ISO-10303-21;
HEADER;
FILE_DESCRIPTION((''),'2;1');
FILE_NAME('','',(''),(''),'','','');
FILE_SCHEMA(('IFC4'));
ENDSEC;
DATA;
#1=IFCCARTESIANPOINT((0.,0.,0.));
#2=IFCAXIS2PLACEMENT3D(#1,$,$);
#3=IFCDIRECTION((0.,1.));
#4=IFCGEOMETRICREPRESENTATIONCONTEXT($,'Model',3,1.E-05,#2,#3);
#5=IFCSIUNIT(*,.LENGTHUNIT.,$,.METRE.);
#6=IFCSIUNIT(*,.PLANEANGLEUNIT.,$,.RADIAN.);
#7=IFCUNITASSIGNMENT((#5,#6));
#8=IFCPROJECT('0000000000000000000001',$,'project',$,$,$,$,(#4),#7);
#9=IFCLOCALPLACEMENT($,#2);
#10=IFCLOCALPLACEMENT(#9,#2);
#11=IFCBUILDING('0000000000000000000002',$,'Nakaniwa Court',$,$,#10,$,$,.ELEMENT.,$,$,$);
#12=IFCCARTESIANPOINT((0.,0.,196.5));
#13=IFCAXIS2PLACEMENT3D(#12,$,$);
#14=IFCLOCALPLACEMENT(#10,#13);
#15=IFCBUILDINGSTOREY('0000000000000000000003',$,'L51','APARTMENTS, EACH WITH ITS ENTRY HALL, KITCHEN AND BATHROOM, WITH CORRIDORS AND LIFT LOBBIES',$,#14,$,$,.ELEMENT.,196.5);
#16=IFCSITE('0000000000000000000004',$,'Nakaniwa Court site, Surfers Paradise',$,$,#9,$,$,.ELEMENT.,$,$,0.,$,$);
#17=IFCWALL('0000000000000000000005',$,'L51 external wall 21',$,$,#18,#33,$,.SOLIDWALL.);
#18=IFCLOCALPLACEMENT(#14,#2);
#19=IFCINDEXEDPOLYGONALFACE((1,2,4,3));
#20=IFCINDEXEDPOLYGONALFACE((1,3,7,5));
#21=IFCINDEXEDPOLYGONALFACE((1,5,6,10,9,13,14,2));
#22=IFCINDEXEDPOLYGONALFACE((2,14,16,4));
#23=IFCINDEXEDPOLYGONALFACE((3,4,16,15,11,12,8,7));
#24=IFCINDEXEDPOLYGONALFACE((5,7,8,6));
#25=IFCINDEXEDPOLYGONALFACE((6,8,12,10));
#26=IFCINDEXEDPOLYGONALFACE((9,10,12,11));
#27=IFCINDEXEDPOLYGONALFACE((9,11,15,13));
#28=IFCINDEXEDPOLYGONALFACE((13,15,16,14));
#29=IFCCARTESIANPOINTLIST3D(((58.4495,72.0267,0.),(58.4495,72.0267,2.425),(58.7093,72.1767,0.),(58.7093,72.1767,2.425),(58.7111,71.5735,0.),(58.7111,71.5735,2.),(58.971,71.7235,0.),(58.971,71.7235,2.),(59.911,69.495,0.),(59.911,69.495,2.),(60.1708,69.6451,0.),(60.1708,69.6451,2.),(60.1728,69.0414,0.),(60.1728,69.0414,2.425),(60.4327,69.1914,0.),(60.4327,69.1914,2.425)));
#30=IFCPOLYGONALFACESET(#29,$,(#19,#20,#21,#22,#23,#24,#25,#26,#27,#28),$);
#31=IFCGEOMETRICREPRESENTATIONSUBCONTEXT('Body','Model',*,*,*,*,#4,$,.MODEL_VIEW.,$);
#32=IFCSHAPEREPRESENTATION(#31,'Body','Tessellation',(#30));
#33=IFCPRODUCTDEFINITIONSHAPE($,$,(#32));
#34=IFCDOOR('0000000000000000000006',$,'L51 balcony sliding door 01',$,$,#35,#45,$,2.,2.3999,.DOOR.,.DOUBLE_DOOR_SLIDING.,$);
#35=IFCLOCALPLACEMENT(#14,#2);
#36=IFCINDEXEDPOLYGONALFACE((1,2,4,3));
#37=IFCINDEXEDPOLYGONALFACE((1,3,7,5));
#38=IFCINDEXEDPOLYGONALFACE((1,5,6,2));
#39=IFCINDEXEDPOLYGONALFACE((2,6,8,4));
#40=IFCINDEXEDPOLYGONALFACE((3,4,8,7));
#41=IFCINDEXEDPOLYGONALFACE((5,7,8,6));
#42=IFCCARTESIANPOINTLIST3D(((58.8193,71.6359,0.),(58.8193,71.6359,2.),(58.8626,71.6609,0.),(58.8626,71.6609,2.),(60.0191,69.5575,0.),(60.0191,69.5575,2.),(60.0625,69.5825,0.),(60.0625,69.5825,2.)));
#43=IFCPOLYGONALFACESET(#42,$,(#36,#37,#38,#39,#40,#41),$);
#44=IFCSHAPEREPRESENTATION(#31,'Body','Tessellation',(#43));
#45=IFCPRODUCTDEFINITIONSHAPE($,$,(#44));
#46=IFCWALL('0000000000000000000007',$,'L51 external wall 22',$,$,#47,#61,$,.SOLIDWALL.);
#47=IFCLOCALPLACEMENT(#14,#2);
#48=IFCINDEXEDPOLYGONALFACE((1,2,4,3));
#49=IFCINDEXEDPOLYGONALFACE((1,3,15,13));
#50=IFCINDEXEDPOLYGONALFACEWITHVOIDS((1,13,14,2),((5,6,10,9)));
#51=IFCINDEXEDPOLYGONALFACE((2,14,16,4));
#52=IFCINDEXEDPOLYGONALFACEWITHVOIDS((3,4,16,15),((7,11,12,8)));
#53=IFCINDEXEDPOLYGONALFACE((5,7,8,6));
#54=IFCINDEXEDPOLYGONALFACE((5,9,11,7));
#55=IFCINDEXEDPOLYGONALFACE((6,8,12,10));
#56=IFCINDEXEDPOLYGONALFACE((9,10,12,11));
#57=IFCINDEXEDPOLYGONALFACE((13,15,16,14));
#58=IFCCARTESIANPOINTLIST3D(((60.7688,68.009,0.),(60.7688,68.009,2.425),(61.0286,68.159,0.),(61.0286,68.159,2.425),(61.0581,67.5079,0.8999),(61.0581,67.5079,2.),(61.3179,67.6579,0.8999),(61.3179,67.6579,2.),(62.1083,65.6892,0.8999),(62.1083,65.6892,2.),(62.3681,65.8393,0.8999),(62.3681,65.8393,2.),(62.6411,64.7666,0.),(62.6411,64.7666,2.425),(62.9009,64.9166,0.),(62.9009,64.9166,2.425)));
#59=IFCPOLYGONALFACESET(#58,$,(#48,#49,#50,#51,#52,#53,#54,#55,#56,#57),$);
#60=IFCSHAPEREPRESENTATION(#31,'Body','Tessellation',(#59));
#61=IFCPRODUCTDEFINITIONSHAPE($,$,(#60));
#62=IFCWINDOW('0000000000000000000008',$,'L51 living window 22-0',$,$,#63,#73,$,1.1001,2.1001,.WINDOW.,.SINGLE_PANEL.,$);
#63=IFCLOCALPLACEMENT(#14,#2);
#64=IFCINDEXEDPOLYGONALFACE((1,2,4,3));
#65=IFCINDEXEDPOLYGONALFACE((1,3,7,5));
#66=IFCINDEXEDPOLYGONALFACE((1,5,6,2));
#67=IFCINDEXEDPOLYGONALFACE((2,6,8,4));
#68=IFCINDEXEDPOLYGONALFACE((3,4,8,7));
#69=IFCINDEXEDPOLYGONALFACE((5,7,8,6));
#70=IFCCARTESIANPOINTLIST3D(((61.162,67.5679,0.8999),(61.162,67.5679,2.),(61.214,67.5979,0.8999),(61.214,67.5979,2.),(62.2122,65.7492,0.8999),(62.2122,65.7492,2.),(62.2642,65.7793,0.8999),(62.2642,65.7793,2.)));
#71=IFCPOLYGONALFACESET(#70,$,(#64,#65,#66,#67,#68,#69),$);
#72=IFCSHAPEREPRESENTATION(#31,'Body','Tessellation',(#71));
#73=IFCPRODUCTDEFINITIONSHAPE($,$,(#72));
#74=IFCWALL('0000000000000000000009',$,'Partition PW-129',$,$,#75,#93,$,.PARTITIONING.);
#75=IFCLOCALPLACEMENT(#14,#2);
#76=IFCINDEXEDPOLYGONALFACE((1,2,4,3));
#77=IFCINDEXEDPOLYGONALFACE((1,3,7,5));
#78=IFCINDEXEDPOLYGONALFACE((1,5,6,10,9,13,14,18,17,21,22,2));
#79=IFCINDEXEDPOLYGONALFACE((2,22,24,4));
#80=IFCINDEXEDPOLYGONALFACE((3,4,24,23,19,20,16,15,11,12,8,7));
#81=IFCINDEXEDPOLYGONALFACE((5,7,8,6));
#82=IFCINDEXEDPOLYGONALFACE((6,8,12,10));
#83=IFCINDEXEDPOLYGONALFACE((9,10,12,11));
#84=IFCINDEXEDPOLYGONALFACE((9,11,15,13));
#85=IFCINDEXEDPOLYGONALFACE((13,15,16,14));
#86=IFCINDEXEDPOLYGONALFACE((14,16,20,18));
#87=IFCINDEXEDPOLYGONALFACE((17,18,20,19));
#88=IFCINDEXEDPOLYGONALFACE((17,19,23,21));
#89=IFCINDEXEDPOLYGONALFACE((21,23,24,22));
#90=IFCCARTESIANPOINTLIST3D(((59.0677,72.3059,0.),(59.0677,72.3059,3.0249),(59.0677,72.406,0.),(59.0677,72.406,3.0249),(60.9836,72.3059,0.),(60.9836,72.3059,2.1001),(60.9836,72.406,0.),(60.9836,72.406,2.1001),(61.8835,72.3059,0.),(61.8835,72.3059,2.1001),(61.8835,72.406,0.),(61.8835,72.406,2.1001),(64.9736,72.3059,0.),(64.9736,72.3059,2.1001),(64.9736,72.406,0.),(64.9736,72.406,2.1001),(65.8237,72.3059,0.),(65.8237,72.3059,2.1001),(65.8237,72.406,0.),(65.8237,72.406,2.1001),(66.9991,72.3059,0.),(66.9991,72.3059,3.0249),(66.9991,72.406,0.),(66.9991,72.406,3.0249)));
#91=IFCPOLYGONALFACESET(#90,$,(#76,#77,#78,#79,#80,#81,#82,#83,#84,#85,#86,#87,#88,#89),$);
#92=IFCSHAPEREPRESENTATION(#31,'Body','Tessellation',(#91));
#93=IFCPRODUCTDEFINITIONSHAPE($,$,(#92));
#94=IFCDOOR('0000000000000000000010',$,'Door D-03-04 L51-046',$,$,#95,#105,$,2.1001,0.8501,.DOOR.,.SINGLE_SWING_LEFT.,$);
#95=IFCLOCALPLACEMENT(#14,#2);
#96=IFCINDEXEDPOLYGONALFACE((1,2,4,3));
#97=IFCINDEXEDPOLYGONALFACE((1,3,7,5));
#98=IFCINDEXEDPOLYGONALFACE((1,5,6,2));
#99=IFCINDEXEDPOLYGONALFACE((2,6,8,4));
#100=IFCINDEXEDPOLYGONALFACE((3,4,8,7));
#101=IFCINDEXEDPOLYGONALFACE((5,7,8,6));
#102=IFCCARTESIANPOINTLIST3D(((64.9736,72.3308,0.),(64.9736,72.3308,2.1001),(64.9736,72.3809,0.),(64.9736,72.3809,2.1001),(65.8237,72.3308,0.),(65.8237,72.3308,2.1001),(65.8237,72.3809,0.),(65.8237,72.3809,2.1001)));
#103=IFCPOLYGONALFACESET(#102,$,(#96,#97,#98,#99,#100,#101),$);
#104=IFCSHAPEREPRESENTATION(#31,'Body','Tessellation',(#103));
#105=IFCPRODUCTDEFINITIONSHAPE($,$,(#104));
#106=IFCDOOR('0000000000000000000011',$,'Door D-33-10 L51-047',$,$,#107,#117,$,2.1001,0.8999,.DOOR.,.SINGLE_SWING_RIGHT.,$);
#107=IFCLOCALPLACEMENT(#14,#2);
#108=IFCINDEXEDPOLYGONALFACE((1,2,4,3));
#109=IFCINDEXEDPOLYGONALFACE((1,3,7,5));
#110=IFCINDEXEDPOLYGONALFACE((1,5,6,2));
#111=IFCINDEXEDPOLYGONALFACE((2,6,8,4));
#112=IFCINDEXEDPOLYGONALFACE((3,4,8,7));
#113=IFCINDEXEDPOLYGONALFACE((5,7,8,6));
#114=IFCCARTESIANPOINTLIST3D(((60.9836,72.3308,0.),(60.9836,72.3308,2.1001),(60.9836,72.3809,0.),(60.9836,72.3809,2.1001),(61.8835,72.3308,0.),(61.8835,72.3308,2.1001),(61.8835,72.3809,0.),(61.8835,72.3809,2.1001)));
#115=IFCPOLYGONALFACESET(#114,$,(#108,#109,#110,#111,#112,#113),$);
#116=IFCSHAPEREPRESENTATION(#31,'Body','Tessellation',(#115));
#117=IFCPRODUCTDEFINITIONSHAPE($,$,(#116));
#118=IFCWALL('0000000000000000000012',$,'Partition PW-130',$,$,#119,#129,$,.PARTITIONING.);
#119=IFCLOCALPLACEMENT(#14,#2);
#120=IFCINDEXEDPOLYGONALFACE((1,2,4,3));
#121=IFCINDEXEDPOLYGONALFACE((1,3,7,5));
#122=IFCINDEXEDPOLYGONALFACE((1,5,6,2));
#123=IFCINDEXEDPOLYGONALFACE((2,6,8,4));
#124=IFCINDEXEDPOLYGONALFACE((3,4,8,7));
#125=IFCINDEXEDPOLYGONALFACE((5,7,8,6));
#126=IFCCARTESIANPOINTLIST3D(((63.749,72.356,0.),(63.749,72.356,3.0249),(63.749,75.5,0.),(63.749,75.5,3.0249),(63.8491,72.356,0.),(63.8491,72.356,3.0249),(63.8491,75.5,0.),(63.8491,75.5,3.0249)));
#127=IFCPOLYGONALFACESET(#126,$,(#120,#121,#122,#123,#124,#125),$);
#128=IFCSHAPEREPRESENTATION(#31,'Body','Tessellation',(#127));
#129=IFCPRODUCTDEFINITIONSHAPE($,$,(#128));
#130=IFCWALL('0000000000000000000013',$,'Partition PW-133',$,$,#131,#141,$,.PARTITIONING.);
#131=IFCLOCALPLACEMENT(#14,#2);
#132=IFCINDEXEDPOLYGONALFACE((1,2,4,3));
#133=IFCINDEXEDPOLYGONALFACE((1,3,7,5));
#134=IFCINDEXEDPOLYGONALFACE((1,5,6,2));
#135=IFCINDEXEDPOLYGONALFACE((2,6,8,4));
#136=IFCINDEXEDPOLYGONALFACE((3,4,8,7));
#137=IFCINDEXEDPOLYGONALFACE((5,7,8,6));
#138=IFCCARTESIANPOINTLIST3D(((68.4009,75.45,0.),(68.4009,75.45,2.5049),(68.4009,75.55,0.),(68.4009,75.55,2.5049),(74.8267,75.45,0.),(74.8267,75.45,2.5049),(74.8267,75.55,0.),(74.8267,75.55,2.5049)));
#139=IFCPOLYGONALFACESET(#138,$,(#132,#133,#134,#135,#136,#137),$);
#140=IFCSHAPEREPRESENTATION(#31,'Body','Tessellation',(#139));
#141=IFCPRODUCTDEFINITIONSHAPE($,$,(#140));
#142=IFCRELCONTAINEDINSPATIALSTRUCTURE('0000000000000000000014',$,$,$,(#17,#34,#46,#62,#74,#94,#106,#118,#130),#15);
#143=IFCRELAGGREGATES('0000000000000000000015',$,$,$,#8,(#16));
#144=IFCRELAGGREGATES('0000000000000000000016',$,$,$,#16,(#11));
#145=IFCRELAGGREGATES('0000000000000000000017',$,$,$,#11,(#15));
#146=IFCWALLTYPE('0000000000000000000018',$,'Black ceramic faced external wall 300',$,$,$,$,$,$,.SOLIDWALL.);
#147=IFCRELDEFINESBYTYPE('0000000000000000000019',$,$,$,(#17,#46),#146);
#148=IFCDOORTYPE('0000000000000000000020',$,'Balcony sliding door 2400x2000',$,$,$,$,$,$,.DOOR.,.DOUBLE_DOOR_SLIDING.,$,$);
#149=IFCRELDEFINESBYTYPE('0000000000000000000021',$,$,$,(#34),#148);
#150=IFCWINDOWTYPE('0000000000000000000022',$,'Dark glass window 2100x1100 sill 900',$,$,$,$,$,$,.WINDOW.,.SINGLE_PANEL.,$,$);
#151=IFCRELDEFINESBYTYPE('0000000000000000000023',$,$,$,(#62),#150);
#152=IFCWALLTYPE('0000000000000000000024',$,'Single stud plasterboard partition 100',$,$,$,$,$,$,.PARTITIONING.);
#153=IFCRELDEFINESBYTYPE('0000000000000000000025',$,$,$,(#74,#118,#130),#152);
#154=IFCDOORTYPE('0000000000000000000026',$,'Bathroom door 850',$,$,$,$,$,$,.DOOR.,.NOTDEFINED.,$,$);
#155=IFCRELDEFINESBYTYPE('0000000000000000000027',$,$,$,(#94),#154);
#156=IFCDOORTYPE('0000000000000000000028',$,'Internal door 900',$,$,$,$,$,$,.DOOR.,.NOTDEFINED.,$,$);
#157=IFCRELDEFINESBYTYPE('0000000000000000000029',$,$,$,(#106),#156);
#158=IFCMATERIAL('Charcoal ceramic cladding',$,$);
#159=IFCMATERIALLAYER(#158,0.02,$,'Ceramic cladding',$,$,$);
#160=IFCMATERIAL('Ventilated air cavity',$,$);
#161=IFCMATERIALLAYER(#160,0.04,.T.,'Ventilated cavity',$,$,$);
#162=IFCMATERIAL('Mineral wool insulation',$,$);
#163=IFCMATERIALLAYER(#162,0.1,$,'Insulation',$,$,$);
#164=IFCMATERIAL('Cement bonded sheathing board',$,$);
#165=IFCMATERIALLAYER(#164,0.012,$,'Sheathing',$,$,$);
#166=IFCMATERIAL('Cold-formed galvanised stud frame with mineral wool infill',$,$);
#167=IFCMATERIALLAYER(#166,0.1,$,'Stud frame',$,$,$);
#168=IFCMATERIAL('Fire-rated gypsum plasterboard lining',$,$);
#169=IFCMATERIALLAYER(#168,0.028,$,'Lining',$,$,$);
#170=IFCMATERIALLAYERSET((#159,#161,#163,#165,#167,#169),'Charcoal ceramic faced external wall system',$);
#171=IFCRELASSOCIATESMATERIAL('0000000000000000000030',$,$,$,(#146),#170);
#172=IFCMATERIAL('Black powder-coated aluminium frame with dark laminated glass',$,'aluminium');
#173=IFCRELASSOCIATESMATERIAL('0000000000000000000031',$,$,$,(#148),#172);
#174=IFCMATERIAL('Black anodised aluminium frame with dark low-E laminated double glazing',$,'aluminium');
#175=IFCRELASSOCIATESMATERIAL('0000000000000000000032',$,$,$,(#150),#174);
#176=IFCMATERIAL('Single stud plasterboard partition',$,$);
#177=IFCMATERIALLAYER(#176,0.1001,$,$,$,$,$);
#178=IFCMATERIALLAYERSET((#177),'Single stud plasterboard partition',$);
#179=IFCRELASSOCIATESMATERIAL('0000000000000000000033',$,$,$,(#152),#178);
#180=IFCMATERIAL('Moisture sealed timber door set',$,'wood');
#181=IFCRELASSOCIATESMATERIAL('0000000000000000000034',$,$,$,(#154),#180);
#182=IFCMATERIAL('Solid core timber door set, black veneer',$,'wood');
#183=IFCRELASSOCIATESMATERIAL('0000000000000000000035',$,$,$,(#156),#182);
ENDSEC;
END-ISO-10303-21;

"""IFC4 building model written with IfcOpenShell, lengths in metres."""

from ifc_helpers import new_model, si_unit, direction, frame, frame_2d, origin, place, context, subcontext, project, spatial, rectangle, extrude, material, layer, layer_set, type_object, element, fill, save


model = new_model("IFC4")

# Units and contexts
model_context = context("Model", 3, precision=1e-05, world=origin(), true_north=direction((0.0, 1.0)))
body_context = subcontext(model_context, "Body", "Model", "MODEL_VIEW")
ifc_project = project(units=[si_unit("LENGTHUNIT", "METRE"), si_unit("PLANEANGLEUNIT", "RADIAN")], contexts=[model_context])

# Site, building, storey
site_placement = place(None, origin())
site = spatial("IfcSite", under=ifc_project, at=site_placement, Name="Nakaniwa Court site, Surfers Paradise", CompositionType="ELEMENT", RefElevation=0.0)
building_placement = place(site_placement, origin())
building = spatial("IfcBuilding", under=site, at=building_placement, Name="Nakaniwa Court", CompositionType="ELEMENT")
storey_placement = place(building_placement, frame((0.0, 0.0, 196.5)))
storey = spatial("IfcBuildingStorey", under=building, at=storey_placement, Name="L51", Description="APARTMENTS, EACH WITH ITS ENTRY HALL, KITCHEN AND BATHROOM, WITH CORRIDORS AND LIFT LOBBIES", CompositionType="ELEMENT", Elevation=196.5)

# Shared definitions
ifc_material_1 = material(Name="Solid core timber door set, black veneer", Category="wood")

# Wall, opening, door
ifc_material_2 = material(Name="Charcoal ceramic cladding")
ifc_layer_1 = layer(ifc_material_2, 0.02, Name="Ceramic cladding")
ifc_material_3 = material(Name="Ventilated air cavity")
ifc_layer_2 = layer(ifc_material_3, 0.04, ventilated=True, Name="Ventilated cavity")
ifc_material_4 = material(Name="Mineral wool insulation")
ifc_layer_3 = layer(ifc_material_4, 0.1, Name="Insulation")
ifc_material_5 = material(Name="Cement bonded sheathing board")
ifc_layer_4 = layer(ifc_material_5, 0.012, Name="Sheathing")
ifc_material_6 = material(Name="Cold-formed galvanised stud frame with mineral wool infill")
ifc_layer_5 = layer(ifc_material_6, 0.1, Name="Stud frame")
ifc_material_7 = material(Name="Fire-rated gypsum plasterboard lining")
ifc_layer_6 = layer(ifc_material_7, 0.028, Name="Lining")
ifc_layer_set_1 = layer_set([ifc_layer_1, ifc_layer_2, ifc_layer_3, ifc_layer_4, ifc_layer_5, ifc_layer_6], Name="Charcoal ceramic faced external wall system")
wall_type_1 = type_object("IfcWallType", Name="Black ceramic faced external wall 300", PredefinedType="SOLIDWALL", material=ifc_layer_set_1)
wall_1_placement = place(storey_placement, frame((58.5793, 72.1018, 0.0), z_axis=(0.0, 0.0, 1.0), x_axis=(0.499955, -0.866051, 0.0)))
wall_1 = element("IfcWall", 1, at=wall_1_placement, inside=storey, type_object=wall_type_1, Name="L51 external wall 21", PredefinedType="SOLIDWALL", context=body_context, shape_type="SweptSolid", body=[
    extrude(rectangle(XDim=3.447, YDim=0.3, at=frame_2d((1.7236, 0.0))), origin(), (0.0, 0.0, 1.0), 2.425),
])
opening_1_placement = place(wall_1_placement, frame((0.5234, 0.0, 0.0)))
opening_1 = element("IfcOpeningElement", 2, at=opening_1_placement, cuts=wall_1, PredefinedType="OPENING", context=body_context, shape_type="SweptSolid", body=[
    extrude(rectangle(XDim=2.3999, YDim=2.0, at=frame_2d((1.2, 1.0))), frame((0.0, 0.1599, 0.0), z_axis=(0.0, -1.0, 0.0), x_axis=(1.0, 0.0, 0.0)), (0.0, 0.0, 1.0), 0.3201),
])
ifc_material_8 = material(Name="Black powder-coated aluminium frame with dark laminated glass", Category="aluminium")
door_type_1 = type_object("IfcDoorType", Name="Balcony sliding door 2400x2000", OperationType="DOUBLE_DOOR_SLIDING", PredefinedType="DOOR", material=ifc_material_8)
door_1_placement = place(opening_1_placement, origin())
door_1 = element("IfcDoor", 3, at=door_1_placement, inside=storey, type_object=door_type_1, Name="L51 balcony sliding door 01", OperationType="DOUBLE_DOOR_SLIDING", OverallHeight=2.0, OverallWidth=2.3999, PredefinedType="DOOR", context=body_context, shape_type="SweptSolid", body=[
    extrude(rectangle(XDim=2.3999, YDim=2.0, at=frame_2d((1.2, 1.0))), frame((0.0, 0.0249, 0.0), z_axis=(0.0, -1.0, 0.0), x_axis=(1.0, 0.0, 0.0)), (0.0, 0.0, 1.0), 0.05),
])
fill(opening_1, door_1)

# Wall, opening, window
wall_2_placement = place(storey_placement, frame((60.8987, 68.084, 0.0), z_axis=(0.0, 0.0, 1.0), x_axis=(0.500059, -0.865991, 0.0)))
wall_2 = element("IfcWall", 4, at=wall_2_placement, inside=storey, type_object=wall_type_1, Name="L51 external wall 22", PredefinedType="SOLIDWALL", context=body_context, shape_type="SweptSolid", body=[
    extrude(rectangle(XDim=3.7441, YDim=0.3, at=frame_2d((1.8721, 0.0))), origin(), (0.0, 0.0, 1.0), 2.425),
])
opening_2_placement = place(wall_2_placement, frame((0.5786, 0.0, 0.8999)))
opening_2 = element("IfcOpeningElement", 5, at=opening_2_placement, cuts=wall_2, PredefinedType="OPENING", context=body_context, shape_type="SweptSolid", body=[
    extrude(rectangle(XDim=2.1001, YDim=1.1001, at=frame_2d((1.05, 0.55))), frame((0.0, 0.1599, 0.0), z_axis=(0.0, -1.0, 0.0), x_axis=(1.0, 0.0, 0.0)), (0.0, 0.0, 1.0), 0.3201),
])
ifc_material_9 = material(Name="Black anodised aluminium frame with dark low-E laminated double glazing", Category="aluminium")
window_type = type_object("IfcWindowType", Name="Dark glass window 2100x1100 sill 900", PartitioningType="SINGLE_PANEL", PredefinedType="WINDOW", material=ifc_material_9)
window_placement = place(opening_2_placement, origin())
window = element("IfcWindow", 6, at=window_placement, inside=storey, type_object=window_type, Name="L51 living window 22-0", OverallHeight=1.1001, OverallWidth=2.1001, PartitioningType="SINGLE_PANEL", PredefinedType="WINDOW", context=body_context, shape_type="SweptSolid", body=[
    extrude(rectangle(XDim=2.1001, YDim=1.1001, at=frame_2d((1.05, 0.55))), frame((0.0, 0.03, 0.0), z_axis=(0.0, -1.0, 0.0), x_axis=(1.0, 0.0, 0.0)), (0.0, 0.0, 1.0), 0.0601),
])
fill(opening_2, window)

# Wall, openings, doors
ifc_material_10 = material(Name="Single stud plasterboard partition")
ifc_layer_7 = layer(ifc_material_10, 0.1001)
ifc_layer_set_2 = layer_set([ifc_layer_7], Name="Single stud plasterboard partition")
wall_type_2 = type_object("IfcWallType", Name="Single stud plasterboard partition 100", PredefinedType="PARTITIONING", material=ifc_layer_set_2)
wall_3_placement = place(storey_placement, frame((59.0676, 72.356, 0.0), z_axis=(0.0, 0.0, 1.0), x_axis=(1.0, 0.0, 0.0)))
wall_3 = element("IfcWall", 7, at=wall_3_placement, inside=storey, type_object=wall_type_2, Name="Partition PW-129", PredefinedType="PARTITIONING", context=body_context, shape_type="SweptSolid", body=[
    extrude(rectangle(XDim=7.9314, YDim=0.1001, at=frame_2d((3.9658, 0.0))), origin(), (0.0, 0.0, 1.0), 3.0249),
])
opening_3_placement = place(wall_3_placement, frame((5.906, 0.0, 0.0)))
opening_3 = element("IfcOpeningElement", 8, at=opening_3_placement, cuts=wall_3, PredefinedType="OPENING", context=body_context, shape_type="SweptSolid", body=[
    extrude(rectangle(XDim=0.8501, YDim=2.1001, at=frame_2d((0.425, 1.05))), frame((0.0, 0.0601, 0.0), z_axis=(0.0, -1.0, 0.0), x_axis=(1.0, 0.0, 0.0)), (0.0, 0.0, 1.0), 0.1201),
])
opening_4_placement = place(wall_3_placement, frame((1.916, 0.0, 0.0)))
opening_4 = element("IfcOpeningElement", 9, at=opening_4_placement, cuts=wall_3, PredefinedType="OPENING", context=body_context, shape_type="SweptSolid", body=[
    extrude(rectangle(XDim=0.8999, YDim=2.1001, at=frame_2d((0.45, 1.05))), frame((0.0, 0.0601, 0.0), z_axis=(0.0, -1.0, 0.0), x_axis=(1.0, 0.0, 0.0)), (0.0, 0.0, 1.0), 0.1201),
])
ifc_material_11 = material(Name="Moisture sealed timber door set", Category="wood")
door_type_2 = type_object("IfcDoorType", Name="Bathroom door 850", OperationType="NOTDEFINED", PredefinedType="DOOR", material=ifc_material_11)
door_2_placement = place(opening_3_placement, origin())
door_2 = element("IfcDoor", 10, at=door_2_placement, inside=storey, type_object=door_type_2, Name="Door D-03-04 L51-046", OperationType="SINGLE_SWING_LEFT", OverallHeight=2.1001, OverallWidth=0.8501, PredefinedType="DOOR", context=body_context, shape_type="SweptSolid", body=[
    extrude(rectangle(XDim=0.8501, YDim=2.1001, at=frame_2d((0.425, 1.05))), frame((0.0, 0.0249, 0.0), z_axis=(0.0, -1.0, 0.0), x_axis=(1.0, 0.0, 0.0)), (0.0, 0.0, 1.0), 0.05),
])
fill(opening_3, door_2)
door_type_3 = type_object("IfcDoorType", Name="Internal door 900", OperationType="NOTDEFINED", PredefinedType="DOOR", material=ifc_material_1)
door_3_placement = place(opening_4_placement, origin())
door_3 = element("IfcDoor", 11, at=door_3_placement, inside=storey, type_object=door_type_3, Name="Door D-33-10 L51-047", OperationType="SINGLE_SWING_RIGHT", OverallHeight=2.1001, OverallWidth=0.8999, PredefinedType="DOOR", context=body_context, shape_type="SweptSolid", body=[
    extrude(rectangle(XDim=0.8999, YDim=2.1001, at=frame_2d((0.45, 1.05))), frame((0.0, 0.0249, 0.0), z_axis=(0.0, -1.0, 0.0), x_axis=(1.0, 0.0, 0.0)), (0.0, 0.0, 1.0), 0.05),
])
fill(opening_4, door_3)

# Walls
wall_4_placement = place(storey_placement, frame((63.7991, 72.356, 0.0), z_axis=(0.0, 0.0, 1.0), x_axis=(0.0, 1.0, 0.0)))
element("IfcWall", 12, at=wall_4_placement, inside=storey, type_object=wall_type_2, Name="Partition PW-130", PredefinedType="PARTITIONING", context=body_context, shape_type="SweptSolid", body=[
    extrude(rectangle(XDim=3.144, YDim=0.1001, at=frame_2d((1.572, 0.0))), origin(), (0.0, 0.0, 1.0), 3.0249),
])
wall_5_placement = place(storey_placement, frame((68.4009, 75.5, 0.0), z_axis=(0.0, 0.0, 1.0), x_axis=(1.0, 0.0, 0.0)))
element("IfcWall", 13, at=wall_5_placement, inside=storey, type_object=wall_type_2, Name="Partition PW-133", PredefinedType="PARTITIONING", context=body_context, shape_type="SweptSolid", body=[
    extrude(rectangle(XDim=6.4258, YDim=0.1001, at=frame_2d((3.2129, 0.0))), origin(), (0.0, 0.0, 1.0), 2.5049),
])

save(model, "model.ifc")
